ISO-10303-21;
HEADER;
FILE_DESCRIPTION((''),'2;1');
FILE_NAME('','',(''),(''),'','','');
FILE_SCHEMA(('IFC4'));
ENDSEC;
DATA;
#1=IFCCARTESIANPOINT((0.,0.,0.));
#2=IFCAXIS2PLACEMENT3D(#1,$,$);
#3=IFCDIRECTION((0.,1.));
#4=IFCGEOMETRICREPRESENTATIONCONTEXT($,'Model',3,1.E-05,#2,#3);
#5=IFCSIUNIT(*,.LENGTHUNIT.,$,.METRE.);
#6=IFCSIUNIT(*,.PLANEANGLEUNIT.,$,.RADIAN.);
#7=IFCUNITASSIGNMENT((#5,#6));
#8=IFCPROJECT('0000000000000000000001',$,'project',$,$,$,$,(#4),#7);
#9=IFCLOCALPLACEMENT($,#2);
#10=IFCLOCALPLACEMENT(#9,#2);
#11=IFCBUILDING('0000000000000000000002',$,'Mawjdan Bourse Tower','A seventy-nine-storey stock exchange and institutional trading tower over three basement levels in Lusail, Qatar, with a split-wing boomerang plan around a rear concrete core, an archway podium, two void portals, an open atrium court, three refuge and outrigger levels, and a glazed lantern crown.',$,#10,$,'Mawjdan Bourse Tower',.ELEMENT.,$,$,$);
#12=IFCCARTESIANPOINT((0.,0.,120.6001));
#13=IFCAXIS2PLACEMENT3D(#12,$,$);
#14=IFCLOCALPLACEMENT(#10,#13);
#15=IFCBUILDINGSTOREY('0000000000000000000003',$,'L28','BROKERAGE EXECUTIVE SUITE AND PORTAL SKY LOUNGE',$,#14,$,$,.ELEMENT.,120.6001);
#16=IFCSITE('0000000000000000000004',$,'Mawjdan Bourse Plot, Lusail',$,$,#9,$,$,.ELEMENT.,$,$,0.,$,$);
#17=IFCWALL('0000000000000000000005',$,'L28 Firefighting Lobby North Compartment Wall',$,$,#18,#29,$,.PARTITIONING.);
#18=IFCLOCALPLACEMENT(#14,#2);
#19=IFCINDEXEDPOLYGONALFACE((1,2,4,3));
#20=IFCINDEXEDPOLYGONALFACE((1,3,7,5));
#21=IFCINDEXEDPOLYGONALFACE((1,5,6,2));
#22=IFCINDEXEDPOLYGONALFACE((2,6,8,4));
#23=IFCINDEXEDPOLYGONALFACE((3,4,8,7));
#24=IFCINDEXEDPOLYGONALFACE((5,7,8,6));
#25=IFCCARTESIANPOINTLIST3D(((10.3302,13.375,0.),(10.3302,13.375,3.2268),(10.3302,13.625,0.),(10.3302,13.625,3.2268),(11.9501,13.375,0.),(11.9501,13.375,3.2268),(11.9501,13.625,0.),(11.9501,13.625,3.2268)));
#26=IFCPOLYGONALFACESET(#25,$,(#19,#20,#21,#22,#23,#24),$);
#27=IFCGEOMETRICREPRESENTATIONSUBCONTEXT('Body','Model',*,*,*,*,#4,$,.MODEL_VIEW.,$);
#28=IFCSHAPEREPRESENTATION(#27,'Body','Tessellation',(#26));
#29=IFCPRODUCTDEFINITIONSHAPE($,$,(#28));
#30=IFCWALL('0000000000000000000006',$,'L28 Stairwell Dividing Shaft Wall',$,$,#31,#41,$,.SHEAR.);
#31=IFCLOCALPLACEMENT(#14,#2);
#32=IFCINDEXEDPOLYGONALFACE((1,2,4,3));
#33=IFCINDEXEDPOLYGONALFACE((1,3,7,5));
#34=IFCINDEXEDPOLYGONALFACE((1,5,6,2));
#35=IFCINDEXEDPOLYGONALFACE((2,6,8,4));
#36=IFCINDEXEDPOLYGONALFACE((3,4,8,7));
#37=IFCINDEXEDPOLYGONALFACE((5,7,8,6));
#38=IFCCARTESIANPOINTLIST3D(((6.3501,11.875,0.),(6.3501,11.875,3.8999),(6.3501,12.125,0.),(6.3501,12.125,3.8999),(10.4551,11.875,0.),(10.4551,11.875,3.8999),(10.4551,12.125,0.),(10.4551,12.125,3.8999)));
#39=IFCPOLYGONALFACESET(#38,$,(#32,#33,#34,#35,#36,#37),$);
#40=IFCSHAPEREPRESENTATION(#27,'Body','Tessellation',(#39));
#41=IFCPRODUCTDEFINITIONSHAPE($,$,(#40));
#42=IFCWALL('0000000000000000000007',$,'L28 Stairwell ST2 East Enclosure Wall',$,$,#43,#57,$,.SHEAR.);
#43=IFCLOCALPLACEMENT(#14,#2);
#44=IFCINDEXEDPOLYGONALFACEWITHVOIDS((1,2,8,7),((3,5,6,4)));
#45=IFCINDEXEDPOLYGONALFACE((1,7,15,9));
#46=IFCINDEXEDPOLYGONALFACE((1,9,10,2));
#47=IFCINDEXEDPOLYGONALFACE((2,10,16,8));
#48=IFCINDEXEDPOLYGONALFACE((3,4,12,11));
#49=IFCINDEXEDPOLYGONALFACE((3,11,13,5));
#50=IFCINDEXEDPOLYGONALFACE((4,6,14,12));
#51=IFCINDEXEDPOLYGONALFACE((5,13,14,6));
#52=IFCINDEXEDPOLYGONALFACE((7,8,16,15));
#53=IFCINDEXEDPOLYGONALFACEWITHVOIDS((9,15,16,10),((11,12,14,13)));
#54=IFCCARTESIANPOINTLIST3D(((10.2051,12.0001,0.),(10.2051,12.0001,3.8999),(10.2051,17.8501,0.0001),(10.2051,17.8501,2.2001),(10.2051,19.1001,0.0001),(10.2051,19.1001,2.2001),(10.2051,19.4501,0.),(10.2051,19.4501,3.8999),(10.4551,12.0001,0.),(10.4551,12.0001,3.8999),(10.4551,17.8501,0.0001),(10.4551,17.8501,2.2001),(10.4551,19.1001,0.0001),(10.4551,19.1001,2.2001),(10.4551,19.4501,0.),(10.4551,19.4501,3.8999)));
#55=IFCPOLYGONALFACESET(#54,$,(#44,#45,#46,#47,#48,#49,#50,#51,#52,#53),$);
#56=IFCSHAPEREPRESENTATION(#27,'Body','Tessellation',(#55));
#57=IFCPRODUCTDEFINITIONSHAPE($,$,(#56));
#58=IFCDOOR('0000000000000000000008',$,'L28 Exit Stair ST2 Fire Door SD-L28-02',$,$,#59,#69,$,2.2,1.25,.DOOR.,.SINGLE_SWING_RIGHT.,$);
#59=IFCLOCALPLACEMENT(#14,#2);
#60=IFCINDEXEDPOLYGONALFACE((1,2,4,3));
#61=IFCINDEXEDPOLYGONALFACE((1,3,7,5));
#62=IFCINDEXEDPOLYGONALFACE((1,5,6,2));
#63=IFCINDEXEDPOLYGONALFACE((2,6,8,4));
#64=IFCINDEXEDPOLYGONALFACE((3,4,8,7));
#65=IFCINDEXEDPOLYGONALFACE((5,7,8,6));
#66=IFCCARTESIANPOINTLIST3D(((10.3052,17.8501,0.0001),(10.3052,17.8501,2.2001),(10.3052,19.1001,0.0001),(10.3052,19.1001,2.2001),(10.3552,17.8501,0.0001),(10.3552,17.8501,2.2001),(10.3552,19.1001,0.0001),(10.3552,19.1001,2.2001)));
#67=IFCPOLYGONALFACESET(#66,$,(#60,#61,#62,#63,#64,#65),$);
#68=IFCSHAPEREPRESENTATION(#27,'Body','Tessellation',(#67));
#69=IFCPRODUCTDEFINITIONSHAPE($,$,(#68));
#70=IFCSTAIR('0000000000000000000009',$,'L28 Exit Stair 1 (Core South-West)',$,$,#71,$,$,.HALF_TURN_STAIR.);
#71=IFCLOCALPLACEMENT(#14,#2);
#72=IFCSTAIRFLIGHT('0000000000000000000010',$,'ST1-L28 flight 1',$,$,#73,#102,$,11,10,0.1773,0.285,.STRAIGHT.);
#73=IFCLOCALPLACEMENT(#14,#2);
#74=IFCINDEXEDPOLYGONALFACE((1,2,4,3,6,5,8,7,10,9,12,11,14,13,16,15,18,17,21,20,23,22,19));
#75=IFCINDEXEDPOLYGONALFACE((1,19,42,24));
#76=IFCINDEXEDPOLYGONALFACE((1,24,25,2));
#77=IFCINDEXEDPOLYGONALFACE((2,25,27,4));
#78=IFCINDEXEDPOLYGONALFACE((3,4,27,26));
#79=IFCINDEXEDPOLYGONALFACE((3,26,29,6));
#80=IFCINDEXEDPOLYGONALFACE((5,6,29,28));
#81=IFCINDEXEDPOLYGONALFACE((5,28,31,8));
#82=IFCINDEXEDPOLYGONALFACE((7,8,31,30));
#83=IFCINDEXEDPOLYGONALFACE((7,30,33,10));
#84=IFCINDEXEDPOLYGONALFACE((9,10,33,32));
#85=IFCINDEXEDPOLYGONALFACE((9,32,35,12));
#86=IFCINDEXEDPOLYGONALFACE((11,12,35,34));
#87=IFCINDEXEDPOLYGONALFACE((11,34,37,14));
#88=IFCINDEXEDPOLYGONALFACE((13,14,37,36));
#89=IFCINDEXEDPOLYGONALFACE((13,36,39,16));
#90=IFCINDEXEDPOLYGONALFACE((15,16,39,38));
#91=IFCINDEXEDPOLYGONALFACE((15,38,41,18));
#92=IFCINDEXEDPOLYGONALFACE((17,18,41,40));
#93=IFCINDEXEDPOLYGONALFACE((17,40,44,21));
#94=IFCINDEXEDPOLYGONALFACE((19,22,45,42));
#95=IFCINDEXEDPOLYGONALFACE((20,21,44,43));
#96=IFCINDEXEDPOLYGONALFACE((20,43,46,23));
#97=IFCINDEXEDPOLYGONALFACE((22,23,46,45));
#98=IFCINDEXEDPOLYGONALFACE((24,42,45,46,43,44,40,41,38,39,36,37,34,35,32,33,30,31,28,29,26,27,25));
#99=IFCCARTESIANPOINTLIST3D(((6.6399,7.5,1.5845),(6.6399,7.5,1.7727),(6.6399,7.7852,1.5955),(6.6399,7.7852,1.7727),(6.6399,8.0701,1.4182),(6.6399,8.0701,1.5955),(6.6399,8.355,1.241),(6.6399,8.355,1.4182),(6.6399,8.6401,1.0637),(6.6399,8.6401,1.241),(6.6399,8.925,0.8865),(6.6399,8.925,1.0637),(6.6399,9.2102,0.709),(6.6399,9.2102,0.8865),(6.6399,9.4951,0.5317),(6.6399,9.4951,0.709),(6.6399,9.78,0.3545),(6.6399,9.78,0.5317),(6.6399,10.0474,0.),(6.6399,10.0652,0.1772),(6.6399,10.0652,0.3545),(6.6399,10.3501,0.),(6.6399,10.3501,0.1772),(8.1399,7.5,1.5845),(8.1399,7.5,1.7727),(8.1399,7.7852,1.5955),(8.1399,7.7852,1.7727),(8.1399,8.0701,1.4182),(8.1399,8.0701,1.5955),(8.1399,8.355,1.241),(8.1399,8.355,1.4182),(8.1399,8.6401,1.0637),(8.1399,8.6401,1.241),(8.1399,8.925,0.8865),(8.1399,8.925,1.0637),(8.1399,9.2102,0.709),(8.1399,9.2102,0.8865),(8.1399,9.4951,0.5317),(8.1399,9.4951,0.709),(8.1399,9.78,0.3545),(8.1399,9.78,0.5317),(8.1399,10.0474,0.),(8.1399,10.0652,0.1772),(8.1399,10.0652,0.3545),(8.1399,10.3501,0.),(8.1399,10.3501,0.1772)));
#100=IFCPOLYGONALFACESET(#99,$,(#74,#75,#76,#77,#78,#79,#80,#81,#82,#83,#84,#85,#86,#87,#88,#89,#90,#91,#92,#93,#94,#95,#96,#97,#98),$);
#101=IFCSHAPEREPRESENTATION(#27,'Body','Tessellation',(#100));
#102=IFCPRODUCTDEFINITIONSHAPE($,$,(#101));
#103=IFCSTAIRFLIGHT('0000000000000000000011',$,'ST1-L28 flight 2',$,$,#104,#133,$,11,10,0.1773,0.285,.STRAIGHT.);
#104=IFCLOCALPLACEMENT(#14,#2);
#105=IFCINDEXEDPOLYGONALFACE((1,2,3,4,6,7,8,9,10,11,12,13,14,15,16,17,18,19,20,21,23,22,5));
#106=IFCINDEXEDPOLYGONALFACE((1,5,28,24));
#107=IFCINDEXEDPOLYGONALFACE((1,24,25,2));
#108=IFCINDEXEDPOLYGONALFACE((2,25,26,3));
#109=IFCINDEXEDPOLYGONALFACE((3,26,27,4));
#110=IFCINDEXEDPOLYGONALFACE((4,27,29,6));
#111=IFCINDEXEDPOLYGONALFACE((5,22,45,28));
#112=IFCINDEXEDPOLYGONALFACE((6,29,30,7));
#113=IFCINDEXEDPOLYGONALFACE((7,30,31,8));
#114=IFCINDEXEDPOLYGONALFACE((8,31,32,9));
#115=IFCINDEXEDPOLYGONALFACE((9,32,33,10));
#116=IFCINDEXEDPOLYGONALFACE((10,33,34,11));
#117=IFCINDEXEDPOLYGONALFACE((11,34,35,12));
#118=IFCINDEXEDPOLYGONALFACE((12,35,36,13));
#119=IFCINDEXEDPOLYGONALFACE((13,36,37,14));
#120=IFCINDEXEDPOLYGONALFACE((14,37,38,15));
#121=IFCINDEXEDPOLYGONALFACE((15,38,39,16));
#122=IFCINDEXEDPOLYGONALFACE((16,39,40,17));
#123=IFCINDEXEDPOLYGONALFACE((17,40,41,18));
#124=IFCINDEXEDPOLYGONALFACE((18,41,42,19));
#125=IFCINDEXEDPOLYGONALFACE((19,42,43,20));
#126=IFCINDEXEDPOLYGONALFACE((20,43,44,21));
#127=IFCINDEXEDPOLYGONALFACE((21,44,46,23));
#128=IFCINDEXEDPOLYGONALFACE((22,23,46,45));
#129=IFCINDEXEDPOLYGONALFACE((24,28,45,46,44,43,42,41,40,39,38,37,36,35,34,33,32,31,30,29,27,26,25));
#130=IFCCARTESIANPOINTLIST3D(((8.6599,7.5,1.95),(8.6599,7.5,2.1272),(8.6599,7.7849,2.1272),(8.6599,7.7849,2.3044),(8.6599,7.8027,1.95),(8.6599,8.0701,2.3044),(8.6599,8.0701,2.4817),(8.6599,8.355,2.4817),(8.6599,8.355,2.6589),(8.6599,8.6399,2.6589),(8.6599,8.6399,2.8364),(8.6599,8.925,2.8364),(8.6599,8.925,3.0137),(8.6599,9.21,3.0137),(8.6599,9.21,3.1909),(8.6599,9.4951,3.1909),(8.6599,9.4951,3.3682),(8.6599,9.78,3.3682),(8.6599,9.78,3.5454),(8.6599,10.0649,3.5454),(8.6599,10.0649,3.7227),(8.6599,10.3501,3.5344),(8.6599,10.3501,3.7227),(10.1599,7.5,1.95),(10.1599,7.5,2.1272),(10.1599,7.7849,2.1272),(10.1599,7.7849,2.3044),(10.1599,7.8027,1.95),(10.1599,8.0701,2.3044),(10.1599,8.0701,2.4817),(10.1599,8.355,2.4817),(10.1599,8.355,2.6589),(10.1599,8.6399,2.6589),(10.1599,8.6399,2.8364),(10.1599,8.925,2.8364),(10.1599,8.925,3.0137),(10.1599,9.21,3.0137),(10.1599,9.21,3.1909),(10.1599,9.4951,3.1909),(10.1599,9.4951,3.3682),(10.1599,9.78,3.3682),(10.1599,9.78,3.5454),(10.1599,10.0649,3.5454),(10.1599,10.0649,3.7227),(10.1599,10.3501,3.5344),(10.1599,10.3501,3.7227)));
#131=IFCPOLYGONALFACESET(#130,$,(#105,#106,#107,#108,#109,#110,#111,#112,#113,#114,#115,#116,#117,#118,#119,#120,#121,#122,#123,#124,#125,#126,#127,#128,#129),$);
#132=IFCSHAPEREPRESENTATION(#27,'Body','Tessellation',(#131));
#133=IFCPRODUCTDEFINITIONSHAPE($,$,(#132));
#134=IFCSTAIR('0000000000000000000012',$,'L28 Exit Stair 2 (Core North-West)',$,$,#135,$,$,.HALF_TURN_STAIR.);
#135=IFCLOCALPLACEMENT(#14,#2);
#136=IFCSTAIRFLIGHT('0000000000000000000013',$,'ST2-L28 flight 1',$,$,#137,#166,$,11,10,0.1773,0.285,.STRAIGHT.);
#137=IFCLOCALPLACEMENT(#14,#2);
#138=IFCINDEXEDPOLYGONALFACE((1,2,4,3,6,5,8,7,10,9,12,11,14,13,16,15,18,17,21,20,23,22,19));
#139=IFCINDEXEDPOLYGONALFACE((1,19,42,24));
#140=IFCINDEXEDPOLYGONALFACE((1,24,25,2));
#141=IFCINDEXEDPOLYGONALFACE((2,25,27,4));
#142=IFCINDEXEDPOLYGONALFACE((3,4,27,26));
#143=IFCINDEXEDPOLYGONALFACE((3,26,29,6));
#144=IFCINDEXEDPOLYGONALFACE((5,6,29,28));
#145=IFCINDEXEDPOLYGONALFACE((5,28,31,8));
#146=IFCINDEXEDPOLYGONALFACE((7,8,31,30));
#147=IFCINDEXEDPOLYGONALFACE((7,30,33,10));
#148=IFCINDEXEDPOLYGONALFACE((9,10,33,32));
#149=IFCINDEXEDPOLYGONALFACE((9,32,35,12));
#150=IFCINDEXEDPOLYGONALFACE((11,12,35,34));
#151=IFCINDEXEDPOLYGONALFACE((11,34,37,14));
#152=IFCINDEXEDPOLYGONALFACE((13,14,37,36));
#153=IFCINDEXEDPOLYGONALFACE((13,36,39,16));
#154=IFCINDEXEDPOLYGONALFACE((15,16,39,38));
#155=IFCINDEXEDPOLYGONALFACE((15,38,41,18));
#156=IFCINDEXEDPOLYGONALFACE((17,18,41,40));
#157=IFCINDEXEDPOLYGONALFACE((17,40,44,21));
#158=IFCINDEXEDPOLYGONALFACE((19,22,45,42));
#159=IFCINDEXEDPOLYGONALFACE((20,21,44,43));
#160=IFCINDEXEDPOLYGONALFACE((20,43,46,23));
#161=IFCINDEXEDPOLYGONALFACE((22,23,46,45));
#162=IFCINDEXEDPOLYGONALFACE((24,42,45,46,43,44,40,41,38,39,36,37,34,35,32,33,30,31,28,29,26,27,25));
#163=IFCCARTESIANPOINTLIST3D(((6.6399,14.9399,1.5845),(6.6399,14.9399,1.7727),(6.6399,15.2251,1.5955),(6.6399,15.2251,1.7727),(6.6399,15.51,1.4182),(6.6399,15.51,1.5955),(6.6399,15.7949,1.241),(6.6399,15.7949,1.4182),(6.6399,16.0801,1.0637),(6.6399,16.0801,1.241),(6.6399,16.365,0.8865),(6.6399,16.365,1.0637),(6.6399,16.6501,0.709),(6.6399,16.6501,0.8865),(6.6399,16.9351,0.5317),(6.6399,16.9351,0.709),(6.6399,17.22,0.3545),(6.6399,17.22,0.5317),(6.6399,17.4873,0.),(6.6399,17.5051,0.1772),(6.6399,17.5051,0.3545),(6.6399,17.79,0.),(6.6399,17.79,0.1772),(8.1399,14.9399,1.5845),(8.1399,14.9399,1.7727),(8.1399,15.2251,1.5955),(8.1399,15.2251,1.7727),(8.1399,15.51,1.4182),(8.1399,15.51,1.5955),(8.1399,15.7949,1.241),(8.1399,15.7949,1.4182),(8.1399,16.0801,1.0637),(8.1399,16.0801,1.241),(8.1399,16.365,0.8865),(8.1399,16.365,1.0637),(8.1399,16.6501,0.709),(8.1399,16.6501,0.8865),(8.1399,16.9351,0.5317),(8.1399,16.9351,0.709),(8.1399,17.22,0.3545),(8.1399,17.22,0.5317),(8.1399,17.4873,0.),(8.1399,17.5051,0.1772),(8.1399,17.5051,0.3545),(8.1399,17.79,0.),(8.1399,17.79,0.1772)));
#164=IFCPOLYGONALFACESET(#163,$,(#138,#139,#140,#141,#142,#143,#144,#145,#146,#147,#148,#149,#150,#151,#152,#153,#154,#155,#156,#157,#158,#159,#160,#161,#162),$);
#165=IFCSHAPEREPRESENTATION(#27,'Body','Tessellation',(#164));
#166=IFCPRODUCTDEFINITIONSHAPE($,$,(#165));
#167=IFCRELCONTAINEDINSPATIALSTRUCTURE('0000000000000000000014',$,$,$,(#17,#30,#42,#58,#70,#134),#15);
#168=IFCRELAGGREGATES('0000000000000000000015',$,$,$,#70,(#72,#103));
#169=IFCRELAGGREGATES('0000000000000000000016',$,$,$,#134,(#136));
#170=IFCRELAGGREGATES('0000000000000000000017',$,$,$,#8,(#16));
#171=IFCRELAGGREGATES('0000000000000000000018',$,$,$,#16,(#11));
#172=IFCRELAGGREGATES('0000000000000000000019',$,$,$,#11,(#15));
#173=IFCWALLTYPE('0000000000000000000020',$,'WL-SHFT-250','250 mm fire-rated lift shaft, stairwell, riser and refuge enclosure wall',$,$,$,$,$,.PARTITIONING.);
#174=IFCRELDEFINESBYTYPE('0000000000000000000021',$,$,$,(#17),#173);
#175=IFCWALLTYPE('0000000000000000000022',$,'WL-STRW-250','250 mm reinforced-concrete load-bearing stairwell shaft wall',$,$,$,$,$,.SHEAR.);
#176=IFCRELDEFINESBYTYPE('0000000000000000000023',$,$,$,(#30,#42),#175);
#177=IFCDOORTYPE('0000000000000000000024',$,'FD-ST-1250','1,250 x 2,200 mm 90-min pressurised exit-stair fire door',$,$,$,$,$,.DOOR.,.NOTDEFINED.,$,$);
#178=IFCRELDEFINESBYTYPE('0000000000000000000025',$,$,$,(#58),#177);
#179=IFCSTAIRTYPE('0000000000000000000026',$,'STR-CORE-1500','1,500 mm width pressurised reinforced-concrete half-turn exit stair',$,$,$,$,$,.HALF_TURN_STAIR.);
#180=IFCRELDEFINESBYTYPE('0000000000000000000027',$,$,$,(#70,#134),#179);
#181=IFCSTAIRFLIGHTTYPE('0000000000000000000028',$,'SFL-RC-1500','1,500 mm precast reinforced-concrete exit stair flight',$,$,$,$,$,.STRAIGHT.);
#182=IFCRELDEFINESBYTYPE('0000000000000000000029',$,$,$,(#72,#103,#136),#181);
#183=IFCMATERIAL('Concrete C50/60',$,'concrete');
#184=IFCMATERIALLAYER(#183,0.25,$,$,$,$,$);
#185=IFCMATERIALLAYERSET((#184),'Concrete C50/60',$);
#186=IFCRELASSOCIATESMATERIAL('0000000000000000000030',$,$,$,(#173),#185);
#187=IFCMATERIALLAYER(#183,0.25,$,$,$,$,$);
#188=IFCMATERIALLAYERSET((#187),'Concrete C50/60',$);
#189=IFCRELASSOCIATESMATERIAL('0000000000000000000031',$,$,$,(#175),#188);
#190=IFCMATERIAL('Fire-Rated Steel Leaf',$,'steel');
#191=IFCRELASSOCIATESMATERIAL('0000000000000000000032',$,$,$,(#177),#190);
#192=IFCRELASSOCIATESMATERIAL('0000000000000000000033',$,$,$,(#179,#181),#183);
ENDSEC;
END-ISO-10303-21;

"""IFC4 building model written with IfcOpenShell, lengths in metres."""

from ifc_helpers import new_model, si_unit, direction, frame, frame_2d, origin, place, context, subcontext, project, spatial, polyline, rectangle, outline, extrude, material, layer, layer_set, type_object, element, fill, aggregate, save


model = new_model("IFC4")

# Units and contexts
model_context = context("Model", 3, precision=1e-05, world=origin(), true_north=direction((0.0, 1.0)))
body_context = subcontext(model_context, "Body", "Model", "MODEL_VIEW")
ifc_project = project(units=[si_unit("LENGTHUNIT", "METRE"), si_unit("PLANEANGLEUNIT", "RADIAN")], contexts=[model_context])

# Site, building, storey
site_placement = place(None, origin())
site = spatial("IfcSite", under=ifc_project, at=site_placement, Name="Mawjdan Bourse Plot, Lusail", CompositionType="ELEMENT", RefElevation=0.0)
building_placement = place(site_placement, origin())
building = spatial("IfcBuilding", under=site, at=building_placement, Name="Mawjdan Bourse Tower", Description="A seventy-nine-storey stock exchange and institutional trading tower over three basement levels in Lusail, Qatar, with a split-wing boomerang plan around a rear concrete core, an archway podium, two void portals, an open atrium court, three refuge and outrigger levels, and a glazed lantern crown.", LongName="Mawjdan Bourse Tower", CompositionType="ELEMENT")
storey_placement = place(building_placement, frame((0.0, 0.0, 120.6001)))
storey = spatial("IfcBuildingStorey", under=building, at=storey_placement, Name="L28", Description="BROKERAGE EXECUTIVE SUITE AND PORTAL SKY LOUNGE", CompositionType="ELEMENT", Elevation=120.6001)

# Shared definitions
ifc_material_1 = material(Name="Concrete C50/60", Category="concrete")
ifc_layer_1 = layer(ifc_material_1, 0.25)
ifc_layer_set_1 = layer_set([ifc_layer_1], Name="Concrete C50/60")
wall_type_1 = type_object("IfcWallType", Name="WL-SHFT-250", Description="250 mm fire-rated lift shaft, stairwell, riser and refuge enclosure wall", PredefinedType="PARTITIONING", material=ifc_layer_set_1)

# Walls
wall_1_placement = place(storey_placement, frame((10.3301, 13.5, 0.0), z_axis=(0.0, 0.0, 1.0), x_axis=(1.0, 0.0, 0.0)))
element("IfcWall", 1, at=wall_1_placement, inside=storey, type_object=wall_type_1, Name="L28 Firefighting Lobby North Compartment Wall", PredefinedType="PARTITIONING", context=body_context, shape_type="SweptSolid", body=[
    extrude(rectangle(XDim=1.6199, YDim=0.25, at=frame_2d((0.8101, 0.0))), origin(), (0.0, 0.0, 1.0), 3.2268),
])
ifc_layer_2 = layer(ifc_material_1, 0.25)
ifc_layer_set_2 = layer_set([ifc_layer_2], Name="Concrete C50/60")
wall_type_2 = type_object("IfcWallType", Name="WL-STRW-250", Description="250 mm reinforced-concrete load-bearing stairwell shaft wall", PredefinedType="SHEAR", material=ifc_layer_set_2)
wall_2_placement = place(storey_placement, frame((6.3501, 12.0, 0.0), z_axis=(0.0, 0.0, 1.0), x_axis=(1.0, 0.0, 0.0)))
element("IfcWall", 2, at=wall_2_placement, inside=storey, type_object=wall_type_2, Name="L28 Stairwell Dividing Shaft Wall", PredefinedType="SHEAR", context=body_context, shape_type="SweptSolid", body=[
    extrude(rectangle(XDim=4.105, YDim=0.25, at=frame_2d((2.0525, 0.0))), origin(), (0.0, 0.0, 1.0), 3.8999),
])

# Wall, opening, door
wall_3_placement = place(storey_placement, frame((10.3301, 12.0, 0.0), z_axis=(0.0, 0.0, 1.0), x_axis=(0.0, 1.0, 0.0)))
wall_3 = element("IfcWall", 3, at=wall_3_placement, inside=storey, type_object=wall_type_2, Name="L28 Stairwell ST2 East Enclosure Wall", PredefinedType="SHEAR", context=body_context, shape_type="SweptSolid", body=[
    extrude(rectangle(XDim=7.45, YDim=0.25, at=frame_2d((3.7251, 0.0))), origin(), (0.0, 0.0, 1.0), 3.8999),
])
opening_1_placement = place(wall_3_placement, frame((5.8501, 0.0, 0.0)))
opening_1 = element("IfcOpeningElement", 4, at=opening_1_placement, cuts=wall_3, PredefinedType="OPENING", context=body_context, shape_type="SweptSolid", body=[
    extrude(rectangle(XDim=1.25, YDim=2.2, at=frame_2d((0.625, 1.1001))), frame((0.0, 0.135, 0.0), z_axis=(0.0, -1.0, 0.0), x_axis=(1.0, 0.0, 0.0)), (0.0, 0.0, 1.0), 0.27),
])
ifc_material_2 = material(Name="Fire-Rated Steel Leaf", Category="steel")
door_type_1 = type_object("IfcDoorType", Name="FD-ST-1250", Description="1,250 x 2,200 mm 90-min pressurised exit-stair fire door", OperationType="NOTDEFINED", PredefinedType="DOOR", material=ifc_material_2)
door_1_placement = place(opening_1_placement, origin())
door_1 = element("IfcDoor", 5, at=door_1_placement, inside=storey, type_object=door_type_1, Name="L28 Exit Stair ST2 Fire Door SD-L28-02", OperationType="SINGLE_SWING_RIGHT", OverallHeight=2.2, OverallWidth=1.25, PredefinedType="DOOR", context=body_context, shape_type="SweptSolid", body=[
    extrude(rectangle(XDim=1.25, YDim=2.2, at=frame_2d((0.625, 1.1001))), frame((0.0, 0.0249, 0.0), z_axis=(0.0, -1.0, 0.0), x_axis=(1.0, 0.0, 0.0)), (0.0, 0.0, 1.0), 0.05),
])
fill(opening_1, door_1)

# Stairs, stair flights
stair_type = type_object("IfcStairType", Name="STR-CORE-1500", Description="1,500 mm width pressurised reinforced-concrete half-turn exit stair", PredefinedType="HALF_TURN_STAIR", material=ifc_material_1)
stair_1_placement = place(storey_placement, origin())
stair_1 = element("IfcStair", 6, at=stair_1_placement, inside=storey, type_object=stair_type, Name="L28 Exit Stair 1 (Core South-West)", PredefinedType="HALF_TURN_STAIR")
stair_flight_type = type_object("IfcStairFlightType", Name="SFL-RC-1500", Description="1,500 mm precast reinforced-concrete exit stair flight", PredefinedType="STRAIGHT", material=ifc_material_1)
stair_flight_1_placement = place(storey_placement, frame((7.3899, 10.3501, 0.0), z_axis=(0.0, 0.0, 1.0), x_axis=(0.0, -1.0, 0.0)))
stair_flight_1 = element("IfcStairFlight", 7, at=stair_flight_1_placement, type_object=stair_flight_type, Name="ST1-L28 flight 1", NumberOfRisers=11, NumberOfTreads=10, PredefinedType="STRAIGHT", RiserHeight=0.1773, TreadLength=0.285, context=body_context, shape_type="SweptSolid", body=[
    extrude(outline(polyline([(0.0, 0.0), (0.0, 0.1772), (0.2849, 0.1772), (0.2849, 0.3545), (0.5701, 0.3545), (0.5701, 0.5317), (0.855, 0.5317), (0.855, 0.709), (1.1399, 0.709), (1.1399, 0.8865), (1.425, 0.8865), (1.425, 1.0637), (1.71, 1.0637), (1.71, 1.241), (1.9951, 1.241), (1.9951, 1.4182), (2.28, 1.4182), (2.28, 1.5955), (2.5649, 1.5955), (2.5649, 1.7727), (2.8501, 1.7727), (2.8501, 1.95), (2.8501, 1.5845), (0.3027, 0.0), (0.0, 0.0)])), frame((0.0, 0.75, 0.0), z_axis=(0.0, -1.0, 0.0), x_axis=(1.0, 0.0, 0.0)), (0.0, 0.0, 1.0), 1.5),
])
stair_flight_2_placement = place(storey_placement, frame((9.4099, 7.5, 1.95), z_axis=(0.0, 0.0, 1.0), x_axis=(0.0, 1.0, 0.0)))
stair_flight_2 = element("IfcStairFlight", 8, at=stair_flight_2_placement, type_object=stair_flight_type, Name="ST1-L28 flight 2", NumberOfRisers=11, NumberOfTreads=10, PredefinedType="STRAIGHT", RiserHeight=0.1773, TreadLength=0.285, context=body_context, shape_type="SweptSolid", body=[
    extrude(outline(polyline([(0.0, 0.0), (0.0, 0.1772), (0.2849, 0.1772), (0.2849, 0.3545), (0.5701, 0.3545), (0.5701, 0.5317), (0.855, 0.5317), (0.855, 0.709), (1.1399, 0.709), (1.1399, 0.8865), (1.425, 0.8865), (1.425, 1.0637), (1.71, 1.0637), (1.71, 1.241), (1.9951, 1.241), (1.9951, 1.4182), (2.28, 1.4182), (2.28, 1.5955), (2.5649, 1.5955), (2.5649, 1.7727), (2.8501, 1.7727), (2.8501, 1.95), (2.8501, 1.5845), (0.3027, 0.0), (0.0, 0.0)])), frame((0.0, 0.75, 0.0), z_axis=(0.0, -1.0, 0.0), x_axis=(1.0, 0.0, 0.0)), (0.0, 0.0, 1.0), 1.5),
])
aggregate(stair_1, [stair_flight_1, stair_flight_2])
stair_2_placement = place(storey_placement, origin())
stair_2 = element("IfcStair", 9, at=stair_2_placement, inside=storey, type_object=stair_type, Name="L28 Exit Stair 2 (Core North-West)", PredefinedType="HALF_TURN_STAIR")
stair_flight_3_placement = place(storey_placement, frame((7.3899, 17.79, 0.0), z_axis=(0.0, 0.0, 1.0), x_axis=(0.0, -1.0, 0.0)))
stair_flight_3 = element("IfcStairFlight", 10, at=stair_flight_3_placement, type_object=stair_flight_type, Name="ST2-L28 flight 1", NumberOfRisers=11, NumberOfTreads=10, PredefinedType="STRAIGHT", RiserHeight=0.1773, TreadLength=0.285, context=body_context, shape_type="SweptSolid", body=[
    extrude(outline(polyline([(0.0, 0.0), (0.0, 0.1772), (0.2849, 0.1772), (0.2849, 0.3545), (0.5701, 0.3545), (0.5701, 0.5317), (0.855, 0.5317), (0.855, 0.709), (1.1399, 0.709), (1.1399, 0.8865), (1.425, 0.8865), (1.425, 1.0637), (1.71, 1.0637), (1.71, 1.241), (1.9951, 1.241), (1.9951, 1.4182), (2.28, 1.4182), (2.28, 1.5955), (2.5649, 1.5955), (2.5649, 1.7727), (2.8501, 1.7727), (2.8501, 1.95), (2.8501, 1.5845), (0.3027, 0.0), (0.0, 0.0)])), frame((0.0, 0.75, 0.0), z_axis=(0.0, -1.0, 0.0), x_axis=(1.0, 0.0, 0.0)), (0.0, 0.0, 1.0), 1.5),
])
aggregate(stair_2, [stair_flight_3])

save(model, "model.ifc")
